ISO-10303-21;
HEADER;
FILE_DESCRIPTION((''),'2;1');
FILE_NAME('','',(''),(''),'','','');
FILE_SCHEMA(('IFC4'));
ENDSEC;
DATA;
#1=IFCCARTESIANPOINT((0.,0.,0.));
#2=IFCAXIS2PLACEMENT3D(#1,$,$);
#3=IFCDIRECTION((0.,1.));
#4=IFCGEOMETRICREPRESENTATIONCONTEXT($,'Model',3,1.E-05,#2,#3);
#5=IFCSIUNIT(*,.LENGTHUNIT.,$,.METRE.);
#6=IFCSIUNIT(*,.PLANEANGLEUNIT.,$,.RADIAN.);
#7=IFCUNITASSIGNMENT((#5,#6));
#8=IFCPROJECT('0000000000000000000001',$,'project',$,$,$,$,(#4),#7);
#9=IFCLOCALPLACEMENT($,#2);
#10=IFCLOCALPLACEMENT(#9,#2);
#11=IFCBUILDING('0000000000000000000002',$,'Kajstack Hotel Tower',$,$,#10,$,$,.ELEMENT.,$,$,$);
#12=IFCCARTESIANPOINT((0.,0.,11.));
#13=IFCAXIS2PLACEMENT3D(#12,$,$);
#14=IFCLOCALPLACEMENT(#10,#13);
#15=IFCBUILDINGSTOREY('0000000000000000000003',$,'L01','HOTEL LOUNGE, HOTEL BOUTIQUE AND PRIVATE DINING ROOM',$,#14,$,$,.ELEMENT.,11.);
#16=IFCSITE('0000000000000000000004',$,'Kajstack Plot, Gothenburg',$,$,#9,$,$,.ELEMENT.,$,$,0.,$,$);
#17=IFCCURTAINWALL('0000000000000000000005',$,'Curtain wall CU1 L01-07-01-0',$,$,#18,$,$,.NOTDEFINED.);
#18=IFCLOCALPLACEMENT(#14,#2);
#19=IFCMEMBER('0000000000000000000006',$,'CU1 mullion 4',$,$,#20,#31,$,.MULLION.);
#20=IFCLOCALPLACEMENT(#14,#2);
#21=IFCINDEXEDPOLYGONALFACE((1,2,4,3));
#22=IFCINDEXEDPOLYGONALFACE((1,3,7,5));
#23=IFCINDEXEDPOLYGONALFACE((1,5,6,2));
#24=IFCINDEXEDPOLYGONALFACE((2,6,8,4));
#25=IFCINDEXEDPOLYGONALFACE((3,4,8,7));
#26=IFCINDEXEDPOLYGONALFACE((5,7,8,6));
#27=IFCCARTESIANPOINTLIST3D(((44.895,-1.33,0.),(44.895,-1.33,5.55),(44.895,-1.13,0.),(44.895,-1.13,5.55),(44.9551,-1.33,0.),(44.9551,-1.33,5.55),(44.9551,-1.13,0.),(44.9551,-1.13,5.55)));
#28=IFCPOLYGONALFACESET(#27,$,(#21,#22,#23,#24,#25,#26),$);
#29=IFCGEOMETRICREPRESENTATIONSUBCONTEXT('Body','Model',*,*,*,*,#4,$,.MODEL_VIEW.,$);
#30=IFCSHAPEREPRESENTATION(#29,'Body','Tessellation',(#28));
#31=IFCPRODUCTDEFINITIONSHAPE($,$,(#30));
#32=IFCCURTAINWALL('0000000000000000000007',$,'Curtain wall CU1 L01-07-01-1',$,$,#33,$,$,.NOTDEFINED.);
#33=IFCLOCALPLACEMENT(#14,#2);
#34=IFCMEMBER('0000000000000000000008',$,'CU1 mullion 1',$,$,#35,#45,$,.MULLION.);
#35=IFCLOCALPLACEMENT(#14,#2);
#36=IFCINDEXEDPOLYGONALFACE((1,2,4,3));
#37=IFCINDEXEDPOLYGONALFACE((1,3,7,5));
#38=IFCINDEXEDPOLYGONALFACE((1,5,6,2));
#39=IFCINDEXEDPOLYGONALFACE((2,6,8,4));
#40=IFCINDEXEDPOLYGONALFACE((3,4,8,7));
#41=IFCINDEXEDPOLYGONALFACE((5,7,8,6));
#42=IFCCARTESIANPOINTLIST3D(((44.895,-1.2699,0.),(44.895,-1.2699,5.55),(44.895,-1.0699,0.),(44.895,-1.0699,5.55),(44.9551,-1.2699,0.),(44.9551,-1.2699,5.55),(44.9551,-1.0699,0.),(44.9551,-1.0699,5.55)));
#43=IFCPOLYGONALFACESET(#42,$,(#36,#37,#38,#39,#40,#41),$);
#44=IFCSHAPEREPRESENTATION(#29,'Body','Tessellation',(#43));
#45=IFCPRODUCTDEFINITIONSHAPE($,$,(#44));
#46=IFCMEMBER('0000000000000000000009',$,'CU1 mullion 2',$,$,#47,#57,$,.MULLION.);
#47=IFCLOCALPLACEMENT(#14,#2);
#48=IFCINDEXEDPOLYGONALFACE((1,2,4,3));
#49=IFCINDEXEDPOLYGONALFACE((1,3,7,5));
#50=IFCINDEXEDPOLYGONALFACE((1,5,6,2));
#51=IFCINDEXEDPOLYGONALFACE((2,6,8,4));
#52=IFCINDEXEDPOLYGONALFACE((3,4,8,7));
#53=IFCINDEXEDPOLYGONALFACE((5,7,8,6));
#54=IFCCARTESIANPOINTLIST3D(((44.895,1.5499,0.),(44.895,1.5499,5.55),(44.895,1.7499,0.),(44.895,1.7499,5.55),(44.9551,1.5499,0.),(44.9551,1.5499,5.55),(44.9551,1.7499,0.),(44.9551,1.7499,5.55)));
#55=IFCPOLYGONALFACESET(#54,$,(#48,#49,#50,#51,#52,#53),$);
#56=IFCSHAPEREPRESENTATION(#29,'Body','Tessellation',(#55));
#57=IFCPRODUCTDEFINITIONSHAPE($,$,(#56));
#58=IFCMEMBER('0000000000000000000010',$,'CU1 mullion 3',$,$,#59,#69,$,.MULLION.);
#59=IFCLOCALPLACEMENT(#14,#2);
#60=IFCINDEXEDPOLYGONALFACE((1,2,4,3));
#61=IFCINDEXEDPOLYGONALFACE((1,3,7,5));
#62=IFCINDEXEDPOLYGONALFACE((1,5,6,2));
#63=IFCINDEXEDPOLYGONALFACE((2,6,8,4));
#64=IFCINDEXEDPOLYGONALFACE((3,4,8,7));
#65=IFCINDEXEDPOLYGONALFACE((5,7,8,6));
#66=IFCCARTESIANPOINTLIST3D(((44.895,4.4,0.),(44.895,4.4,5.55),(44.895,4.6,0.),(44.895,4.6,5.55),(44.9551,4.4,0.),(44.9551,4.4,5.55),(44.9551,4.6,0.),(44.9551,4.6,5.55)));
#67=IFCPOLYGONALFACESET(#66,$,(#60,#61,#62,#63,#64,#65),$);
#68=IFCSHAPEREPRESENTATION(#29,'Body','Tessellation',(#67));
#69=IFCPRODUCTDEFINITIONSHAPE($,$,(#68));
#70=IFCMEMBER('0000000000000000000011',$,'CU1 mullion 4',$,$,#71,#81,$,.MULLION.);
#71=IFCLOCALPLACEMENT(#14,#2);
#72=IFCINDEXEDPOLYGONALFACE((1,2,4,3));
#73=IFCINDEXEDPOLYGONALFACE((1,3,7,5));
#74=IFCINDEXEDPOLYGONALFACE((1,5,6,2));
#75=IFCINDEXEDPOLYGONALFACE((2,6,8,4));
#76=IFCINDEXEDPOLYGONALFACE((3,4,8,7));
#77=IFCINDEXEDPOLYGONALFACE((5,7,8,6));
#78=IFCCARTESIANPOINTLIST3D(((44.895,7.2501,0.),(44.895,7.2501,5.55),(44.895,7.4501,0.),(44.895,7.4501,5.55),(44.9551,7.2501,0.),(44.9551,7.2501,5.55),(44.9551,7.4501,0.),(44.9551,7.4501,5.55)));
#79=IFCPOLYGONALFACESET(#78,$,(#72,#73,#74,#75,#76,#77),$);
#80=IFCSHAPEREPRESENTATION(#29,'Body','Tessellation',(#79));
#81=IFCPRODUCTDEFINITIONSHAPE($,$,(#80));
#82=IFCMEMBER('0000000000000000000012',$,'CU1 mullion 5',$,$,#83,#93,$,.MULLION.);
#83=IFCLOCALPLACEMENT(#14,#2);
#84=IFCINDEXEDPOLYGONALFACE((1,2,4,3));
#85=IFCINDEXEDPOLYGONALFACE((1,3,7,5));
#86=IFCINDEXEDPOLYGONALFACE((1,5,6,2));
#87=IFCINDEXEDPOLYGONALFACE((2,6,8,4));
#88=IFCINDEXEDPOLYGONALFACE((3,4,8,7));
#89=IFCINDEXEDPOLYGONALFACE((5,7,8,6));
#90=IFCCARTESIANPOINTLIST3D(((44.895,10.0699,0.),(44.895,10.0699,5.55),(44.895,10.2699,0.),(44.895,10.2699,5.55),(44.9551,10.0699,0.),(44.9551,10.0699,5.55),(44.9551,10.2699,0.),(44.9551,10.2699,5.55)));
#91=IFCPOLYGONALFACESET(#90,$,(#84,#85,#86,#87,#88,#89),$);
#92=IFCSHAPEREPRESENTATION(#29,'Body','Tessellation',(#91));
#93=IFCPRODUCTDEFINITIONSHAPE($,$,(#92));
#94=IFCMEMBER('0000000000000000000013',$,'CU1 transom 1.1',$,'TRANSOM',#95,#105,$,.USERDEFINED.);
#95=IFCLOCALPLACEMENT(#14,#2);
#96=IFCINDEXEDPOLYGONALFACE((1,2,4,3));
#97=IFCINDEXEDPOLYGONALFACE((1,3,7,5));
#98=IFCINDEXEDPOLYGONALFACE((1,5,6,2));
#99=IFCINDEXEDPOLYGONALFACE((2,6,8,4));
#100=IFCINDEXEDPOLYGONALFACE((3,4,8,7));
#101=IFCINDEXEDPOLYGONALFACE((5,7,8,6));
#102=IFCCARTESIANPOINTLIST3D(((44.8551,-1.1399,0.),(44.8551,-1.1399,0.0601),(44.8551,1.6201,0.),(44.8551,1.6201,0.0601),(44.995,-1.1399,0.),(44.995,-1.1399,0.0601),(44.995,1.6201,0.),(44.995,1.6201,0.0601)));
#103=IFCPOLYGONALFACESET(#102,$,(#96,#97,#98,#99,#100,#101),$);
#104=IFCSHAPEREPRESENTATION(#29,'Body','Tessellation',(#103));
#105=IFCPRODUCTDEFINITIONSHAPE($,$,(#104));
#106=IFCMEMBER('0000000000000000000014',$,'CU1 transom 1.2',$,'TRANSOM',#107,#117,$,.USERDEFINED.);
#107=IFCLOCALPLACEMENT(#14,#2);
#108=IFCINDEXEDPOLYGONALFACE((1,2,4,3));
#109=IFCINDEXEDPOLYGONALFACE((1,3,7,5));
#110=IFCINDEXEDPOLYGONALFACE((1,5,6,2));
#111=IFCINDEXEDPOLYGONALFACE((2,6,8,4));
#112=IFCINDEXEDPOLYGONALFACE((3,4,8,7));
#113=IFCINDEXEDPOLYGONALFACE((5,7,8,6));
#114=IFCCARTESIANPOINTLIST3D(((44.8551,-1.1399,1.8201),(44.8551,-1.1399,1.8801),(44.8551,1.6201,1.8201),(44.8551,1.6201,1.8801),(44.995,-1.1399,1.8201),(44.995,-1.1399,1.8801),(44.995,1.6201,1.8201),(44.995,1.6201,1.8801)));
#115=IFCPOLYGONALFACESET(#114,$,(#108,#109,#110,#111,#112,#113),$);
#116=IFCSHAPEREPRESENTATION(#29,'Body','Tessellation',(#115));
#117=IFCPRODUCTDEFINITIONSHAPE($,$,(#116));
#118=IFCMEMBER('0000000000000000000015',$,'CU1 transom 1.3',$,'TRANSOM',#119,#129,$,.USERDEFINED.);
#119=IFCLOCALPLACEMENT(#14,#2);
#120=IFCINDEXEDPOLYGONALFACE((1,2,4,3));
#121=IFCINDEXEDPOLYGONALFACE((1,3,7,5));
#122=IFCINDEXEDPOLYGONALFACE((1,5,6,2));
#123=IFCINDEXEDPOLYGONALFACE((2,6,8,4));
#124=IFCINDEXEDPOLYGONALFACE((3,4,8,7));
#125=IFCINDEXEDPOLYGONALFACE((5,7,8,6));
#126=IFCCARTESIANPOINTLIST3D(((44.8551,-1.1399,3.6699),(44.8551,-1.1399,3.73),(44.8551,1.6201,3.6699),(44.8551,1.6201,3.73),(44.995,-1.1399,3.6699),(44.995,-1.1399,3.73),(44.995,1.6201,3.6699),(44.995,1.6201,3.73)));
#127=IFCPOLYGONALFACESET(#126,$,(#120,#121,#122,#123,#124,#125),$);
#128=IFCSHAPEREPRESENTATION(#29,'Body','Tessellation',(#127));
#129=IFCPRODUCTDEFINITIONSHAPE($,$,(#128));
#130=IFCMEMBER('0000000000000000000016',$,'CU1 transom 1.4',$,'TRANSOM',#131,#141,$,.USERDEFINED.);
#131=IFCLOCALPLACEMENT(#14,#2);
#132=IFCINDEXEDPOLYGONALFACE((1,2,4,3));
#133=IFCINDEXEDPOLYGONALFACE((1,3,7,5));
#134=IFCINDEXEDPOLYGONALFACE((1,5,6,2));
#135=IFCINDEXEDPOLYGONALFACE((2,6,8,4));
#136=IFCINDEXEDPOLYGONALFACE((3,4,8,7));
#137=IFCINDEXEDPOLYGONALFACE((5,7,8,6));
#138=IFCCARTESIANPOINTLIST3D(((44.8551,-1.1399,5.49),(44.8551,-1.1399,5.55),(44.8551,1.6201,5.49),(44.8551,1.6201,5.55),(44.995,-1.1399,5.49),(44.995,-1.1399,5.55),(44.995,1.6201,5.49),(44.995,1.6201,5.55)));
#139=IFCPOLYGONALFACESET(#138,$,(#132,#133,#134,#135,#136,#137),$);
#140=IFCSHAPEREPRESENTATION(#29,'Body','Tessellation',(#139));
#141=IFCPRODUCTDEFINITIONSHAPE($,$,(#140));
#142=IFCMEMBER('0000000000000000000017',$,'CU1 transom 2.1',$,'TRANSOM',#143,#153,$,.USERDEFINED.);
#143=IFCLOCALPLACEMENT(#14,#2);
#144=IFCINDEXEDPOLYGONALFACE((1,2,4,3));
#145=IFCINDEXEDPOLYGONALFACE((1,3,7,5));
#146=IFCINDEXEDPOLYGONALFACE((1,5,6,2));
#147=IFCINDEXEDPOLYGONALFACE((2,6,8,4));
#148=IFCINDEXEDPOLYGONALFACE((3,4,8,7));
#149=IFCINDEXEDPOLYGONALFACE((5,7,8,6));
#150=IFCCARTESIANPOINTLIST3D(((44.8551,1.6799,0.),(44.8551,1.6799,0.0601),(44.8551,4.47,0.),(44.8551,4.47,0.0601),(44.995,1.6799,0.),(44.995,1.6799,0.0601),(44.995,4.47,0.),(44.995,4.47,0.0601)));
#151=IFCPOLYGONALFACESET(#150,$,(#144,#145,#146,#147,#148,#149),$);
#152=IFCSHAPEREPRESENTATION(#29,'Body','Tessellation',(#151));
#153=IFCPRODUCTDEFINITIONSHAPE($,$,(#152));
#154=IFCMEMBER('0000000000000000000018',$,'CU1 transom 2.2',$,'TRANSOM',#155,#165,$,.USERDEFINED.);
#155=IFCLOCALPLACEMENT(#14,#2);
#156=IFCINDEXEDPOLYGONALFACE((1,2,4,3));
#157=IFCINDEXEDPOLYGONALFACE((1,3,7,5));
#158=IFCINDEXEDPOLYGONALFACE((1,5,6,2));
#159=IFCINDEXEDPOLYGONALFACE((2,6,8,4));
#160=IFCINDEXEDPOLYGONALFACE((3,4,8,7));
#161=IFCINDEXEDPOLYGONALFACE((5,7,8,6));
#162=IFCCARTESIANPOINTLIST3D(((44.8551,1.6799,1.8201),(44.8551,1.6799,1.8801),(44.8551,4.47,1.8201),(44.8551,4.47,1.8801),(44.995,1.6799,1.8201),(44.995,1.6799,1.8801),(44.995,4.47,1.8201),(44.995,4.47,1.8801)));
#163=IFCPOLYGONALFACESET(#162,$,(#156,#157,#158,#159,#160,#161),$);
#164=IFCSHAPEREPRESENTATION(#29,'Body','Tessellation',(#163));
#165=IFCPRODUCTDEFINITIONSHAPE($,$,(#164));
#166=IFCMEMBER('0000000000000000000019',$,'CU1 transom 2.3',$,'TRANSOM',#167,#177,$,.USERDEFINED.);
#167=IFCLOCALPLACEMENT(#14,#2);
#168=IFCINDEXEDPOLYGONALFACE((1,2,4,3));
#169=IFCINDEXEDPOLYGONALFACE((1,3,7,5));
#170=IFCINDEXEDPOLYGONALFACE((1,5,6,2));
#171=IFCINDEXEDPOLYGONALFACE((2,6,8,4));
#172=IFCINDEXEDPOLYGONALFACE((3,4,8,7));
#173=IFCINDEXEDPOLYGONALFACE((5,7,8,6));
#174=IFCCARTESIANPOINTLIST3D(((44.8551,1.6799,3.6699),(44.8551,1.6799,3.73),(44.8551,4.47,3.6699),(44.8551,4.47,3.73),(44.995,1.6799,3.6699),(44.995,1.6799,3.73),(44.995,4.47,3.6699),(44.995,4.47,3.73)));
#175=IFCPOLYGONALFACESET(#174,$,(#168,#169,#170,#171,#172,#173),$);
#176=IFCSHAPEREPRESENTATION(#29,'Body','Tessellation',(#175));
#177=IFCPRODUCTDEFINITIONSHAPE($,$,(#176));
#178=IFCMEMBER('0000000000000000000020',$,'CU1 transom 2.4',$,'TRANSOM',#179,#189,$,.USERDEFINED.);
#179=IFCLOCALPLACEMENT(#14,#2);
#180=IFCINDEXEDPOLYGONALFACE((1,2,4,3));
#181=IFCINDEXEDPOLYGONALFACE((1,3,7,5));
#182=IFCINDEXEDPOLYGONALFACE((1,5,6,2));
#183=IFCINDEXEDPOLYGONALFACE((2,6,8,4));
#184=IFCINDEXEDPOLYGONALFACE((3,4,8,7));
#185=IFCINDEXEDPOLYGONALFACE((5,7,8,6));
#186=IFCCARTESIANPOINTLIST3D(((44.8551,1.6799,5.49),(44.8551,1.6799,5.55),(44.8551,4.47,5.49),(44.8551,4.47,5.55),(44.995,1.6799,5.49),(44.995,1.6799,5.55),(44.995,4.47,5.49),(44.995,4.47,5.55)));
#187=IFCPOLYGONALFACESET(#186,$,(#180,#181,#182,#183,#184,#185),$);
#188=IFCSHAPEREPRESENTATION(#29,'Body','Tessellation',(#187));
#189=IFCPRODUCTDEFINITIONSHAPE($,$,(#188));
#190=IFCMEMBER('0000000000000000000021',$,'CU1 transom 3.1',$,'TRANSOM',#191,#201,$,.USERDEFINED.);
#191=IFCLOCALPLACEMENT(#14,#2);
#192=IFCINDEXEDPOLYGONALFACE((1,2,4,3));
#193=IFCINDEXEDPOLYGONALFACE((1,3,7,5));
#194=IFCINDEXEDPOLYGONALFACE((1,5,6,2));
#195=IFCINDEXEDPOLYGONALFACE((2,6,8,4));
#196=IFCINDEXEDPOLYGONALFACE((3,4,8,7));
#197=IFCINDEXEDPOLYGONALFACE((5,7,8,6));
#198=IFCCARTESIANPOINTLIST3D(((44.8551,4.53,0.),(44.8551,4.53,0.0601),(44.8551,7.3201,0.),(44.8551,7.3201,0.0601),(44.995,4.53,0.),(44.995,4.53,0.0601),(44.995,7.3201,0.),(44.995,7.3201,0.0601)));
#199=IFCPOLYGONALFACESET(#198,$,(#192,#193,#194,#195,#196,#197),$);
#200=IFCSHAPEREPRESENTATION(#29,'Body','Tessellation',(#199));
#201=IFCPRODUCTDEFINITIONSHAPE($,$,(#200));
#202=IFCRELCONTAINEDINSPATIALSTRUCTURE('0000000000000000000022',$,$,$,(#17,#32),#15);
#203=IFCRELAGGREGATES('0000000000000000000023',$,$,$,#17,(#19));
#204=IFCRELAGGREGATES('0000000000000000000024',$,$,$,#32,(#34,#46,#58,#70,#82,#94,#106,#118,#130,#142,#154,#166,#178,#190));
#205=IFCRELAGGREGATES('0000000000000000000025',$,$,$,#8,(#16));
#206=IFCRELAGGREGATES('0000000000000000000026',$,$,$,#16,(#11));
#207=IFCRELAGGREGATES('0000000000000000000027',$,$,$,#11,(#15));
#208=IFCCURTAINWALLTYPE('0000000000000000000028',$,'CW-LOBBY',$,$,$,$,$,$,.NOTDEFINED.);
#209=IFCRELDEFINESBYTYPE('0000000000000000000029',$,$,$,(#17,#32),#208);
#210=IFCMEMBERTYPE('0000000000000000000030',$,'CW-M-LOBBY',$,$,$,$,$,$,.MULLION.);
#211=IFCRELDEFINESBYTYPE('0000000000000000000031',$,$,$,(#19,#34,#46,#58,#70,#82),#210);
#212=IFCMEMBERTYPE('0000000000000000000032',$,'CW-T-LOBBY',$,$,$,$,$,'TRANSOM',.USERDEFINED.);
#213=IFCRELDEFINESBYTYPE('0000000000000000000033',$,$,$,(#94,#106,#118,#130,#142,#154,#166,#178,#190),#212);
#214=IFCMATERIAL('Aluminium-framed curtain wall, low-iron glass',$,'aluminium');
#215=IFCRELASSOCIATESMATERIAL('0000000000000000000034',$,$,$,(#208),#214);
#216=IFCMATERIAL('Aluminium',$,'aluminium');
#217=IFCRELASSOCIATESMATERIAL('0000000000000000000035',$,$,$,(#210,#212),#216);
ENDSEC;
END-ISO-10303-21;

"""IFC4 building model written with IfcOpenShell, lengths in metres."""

from ifc_helpers import new_model, si_unit, direction, frame, origin, origin_2d, place, context, subcontext, project, spatial, rectangle, extrude, material, material_profile, profile_set, type_object, element, aggregate, save


model = new_model("IFC4")

# Units and contexts
model_context = context("Model", 3, precision=1e-05, world=origin(), true_north=direction((0.0, 1.0)))
body_context = subcontext(model_context, "Body", "Model", "MODEL_VIEW")
ifc_project = project(units=[si_unit("LENGTHUNIT", "METRE"), si_unit("PLANEANGLEUNIT", "RADIAN")], contexts=[model_context])

# Site, building, storey
site_placement = place(None, origin())
site = spatial("IfcSite", under=ifc_project, at=site_placement, Name="Kajstack Plot, Gothenburg", CompositionType="ELEMENT", RefElevation=0.0)
building_placement = place(site_placement, origin())
building = spatial("IfcBuilding", under=site, at=building_placement, Name="Kajstack Hotel Tower", CompositionType="ELEMENT")
storey_placement = place(building_placement, frame((0.0, 0.0, 11.0)))
storey = spatial("IfcBuildingStorey", under=building, at=storey_placement, Name="L01", Description="HOTEL LOUNGE, HOTEL BOUTIQUE AND PRIVATE DINING ROOM", CompositionType="ELEMENT", Elevation=11.0)

# Curtain wall, member
ifc_material_1 = material(Name="Aluminium-framed curtain wall, low-iron glass", Category="aluminium")
curtain_wall_type = type_object("IfcCurtainWallType", Name="CW-LOBBY", PredefinedType="NOTDEFINED", material=ifc_material_1)
curtain_wall_1_placement = place(storey_placement, origin())
curtain_wall_1 = element("IfcCurtainWall", 1, at=curtain_wall_1_placement, inside=storey, type_object=curtain_wall_type, Name="Curtain wall CU1 L01-07-01-0", PredefinedType="NOTDEFINED")
ifc_material_2 = material(Name="Aluminium", Category="aluminium")
ifc_material_profile_1 = material_profile(ifc_material_2, rectangle(XDim=0.0601, YDim=0.2, at=origin_2d()), Name="Aluminium mullion 60 x 200")
ifc_profile_set_1 = profile_set([ifc_material_profile_1], Name="Aluminium")
member_type_1 = type_object("IfcMemberType", Name="CW-M-LOBBY", PredefinedType="MULLION", material=ifc_profile_set_1)
member_1_placement = place(storey_placement, frame((44.925, -1.23, 0.0), z_axis=(0.0, 0.0, 1.0), x_axis=(-1.0, 0.0, 0.0)))
member_1 = element("IfcMember", 2, at=member_1_placement, type_object=member_type_1, Name="CU1 mullion 4", PredefinedType="MULLION", context=body_context, shape_type="SweptSolid", body=[
    extrude(rectangle(XDim=0.0601, YDim=0.2, at=origin_2d()), origin(), (0.0, 0.0, 1.0), 5.55),
])
aggregate(curtain_wall_1, [member_1])

# Curtain wall, members
curtain_wall_2_placement = place(storey_placement, origin())
curtain_wall_2 = element("IfcCurtainWall", 3, at=curtain_wall_2_placement, inside=storey, type_object=curtain_wall_type, Name="Curtain wall CU1 L01-07-01-1", PredefinedType="NOTDEFINED")
member_2_placement = place(storey_placement, frame((44.925, -1.1699, 0.0), z_axis=(0.0, 0.0, 1.0), x_axis=(-1.0, 0.0, 0.0)))
member_2 = element("IfcMember", 4, at=member_2_placement, type_object=member_type_1, Name="CU1 mullion 1", PredefinedType="MULLION", context=body_context, shape_type="SweptSolid", body=[
    extrude(rectangle(XDim=0.0601, YDim=0.2, at=origin_2d()), origin(), (0.0, 0.0, 1.0), 5.55),
])
member_3_placement = place(storey_placement, frame((44.925, 1.6499, 0.0), z_axis=(0.0, 0.0, 1.0), x_axis=(-1.0, 0.0, 0.0)))
member_3 = element("IfcMember", 5, at=member_3_placement, type_object=member_type_1, Name="CU1 mullion 2", PredefinedType="MULLION", context=body_context, shape_type="SweptSolid", body=[
    extrude(rectangle(XDim=0.0601, YDim=0.2, at=origin_2d()), origin(), (0.0, 0.0, 1.0), 5.55),
])
member_4_placement = place(storey_placement, frame((44.925, 4.5, 0.0), z_axis=(0.0, 0.0, 1.0), x_axis=(-1.0, 0.0, 0.0)))
member_4 = element("IfcMember", 6, at=member_4_placement, type_object=member_type_1, Name="CU1 mullion 3", PredefinedType="MULLION", context=body_context, shape_type="SweptSolid", body=[
    extrude(rectangle(XDim=0.0601, YDim=0.2, at=origin_2d()), origin(), (0.0, 0.0, 1.0), 5.55),
])
member_5_placement = place(storey_placement, frame((44.925, 7.3501, 0.0), z_axis=(0.0, 0.0, 1.0), x_axis=(-1.0, 0.0, 0.0)))
member_5 = element("IfcMember", 7, at=member_5_placement, type_object=member_type_1, Name="CU1 mullion 4", PredefinedType="MULLION", context=body_context, shape_type="SweptSolid", body=[
    extrude(rectangle(XDim=0.0601, YDim=0.2, at=origin_2d()), origin(), (0.0, 0.0, 1.0), 5.55),
])
member_6_placement = place(storey_placement, frame((44.925, 10.1699, 0.0), z_axis=(0.0, 0.0, 1.0), x_axis=(-1.0, 0.0, 0.0)))
member_6 = element("IfcMember", 8, at=member_6_placement, type_object=member_type_1, Name="CU1 mullion 5", PredefinedType="MULLION", context=body_context, shape_type="SweptSolid", body=[
    extrude(rectangle(XDim=0.0601, YDim=0.2, at=origin_2d()), origin(), (0.0, 0.0, 1.0), 5.55),
])
ifc_material_profile_2 = material_profile(ifc_material_2, rectangle(XDim=0.1399, YDim=0.0601, at=origin_2d()), Name="Aluminium transom 140 x 60")
ifc_profile_set_2 = profile_set([ifc_material_profile_2], Name="Aluminium")
member_type_2 = type_object("IfcMemberType", Name="CW-T-LOBBY", ElementType="TRANSOM", PredefinedType="USERDEFINED", material=ifc_profile_set_2)
member_7_placement = place(storey_placement, frame((44.925, -1.1399, 0.03), z_axis=(0.0, 1.0, 0.0), x_axis=(-1.0, 0.0, 0.0)))
member_7 = element("IfcMember", 9, at=member_7_placement, type_object=member_type_2, Name="CU1 transom 1.1", ObjectType="TRANSOM", PredefinedType="USERDEFINED", context=body_context, shape_type="SweptSolid", body=[
    extrude(rectangle(XDim=0.1399, YDim=0.0601, at=origin_2d()), origin(), (0.0, 0.0, 1.0), 2.76),
])
member_8_placement = place(storey_placement, frame((44.925, -1.1399, 1.8501), z_axis=(0.0, 1.0, 0.0), x_axis=(-1.0, 0.0, 0.0)))
member_8 = element("IfcMember", 10, at=member_8_placement, type_object=member_type_2, Name="CU1 transom 1.2", ObjectType="TRANSOM", PredefinedType="USERDEFINED", context=body_context, shape_type="SweptSolid", body=[
    extrude(rectangle(XDim=0.1399, YDim=0.0601, at=origin_2d()), origin(), (0.0, 0.0, 1.0), 2.76),
])
member_9_placement = place(storey_placement, frame((44.925, -1.1399, 3.7), z_axis=(0.0, 1.0, 0.0), x_axis=(-1.0, 0.0, 0.0)))
member_9 = element("IfcMember", 11, at=member_9_placement, type_object=member_type_2, Name="CU1 transom 1.3", ObjectType="TRANSOM", PredefinedType="USERDEFINED", context=body_context, shape_type="SweptSolid", body=[
    extrude(rectangle(XDim=0.1399, YDim=0.0601, at=origin_2d()), origin(), (0.0, 0.0, 1.0), 2.76),
])
member_10_placement = place(storey_placement, frame((44.925, -1.1399, 5.52), z_axis=(0.0, 1.0, 0.0), x_axis=(-1.0, 0.0, 0.0)))
member_10 = element("IfcMember", 12, at=member_10_placement, type_object=member_type_2, Name="CU1 transom 1.4", ObjectType="TRANSOM", PredefinedType="USERDEFINED", context=body_context, shape_type="SweptSolid", body=[
    extrude(rectangle(XDim=0.1399, YDim=0.0601, at=origin_2d()), origin(), (0.0, 0.0, 1.0), 2.76),
])
member_11_placement = place(storey_placement, frame((44.925, 1.6799, 0.03), z_axis=(0.0, 1.0, 0.0), x_axis=(-1.0, 0.0, 0.0)))
member_11 = element("IfcMember", 13, at=member_11_placement, type_object=member_type_2, Name="CU1 transom 2.1", ObjectType="TRANSOM", PredefinedType="USERDEFINED", context=body_context, shape_type="SweptSolid", body=[
    extrude(rectangle(XDim=0.1399, YDim=0.0601, at=origin_2d()), origin(), (0.0, 0.0, 1.0), 2.79),
])
member_12_placement = place(storey_placement, frame((44.925, 1.6799, 1.8501), z_axis=(0.0, 1.0, 0.0), x_axis=(-1.0, 0.0, 0.0)))
member_12 = element("IfcMember", 14, at=member_12_placement, type_object=member_type_2, Name="CU1 transom 2.2", ObjectType="TRANSOM", PredefinedType="USERDEFINED", context=body_context, shape_type="SweptSolid", body=[
    extrude(rectangle(XDim=0.1399, YDim=0.0601, at=origin_2d()), origin(), (0.0, 0.0, 1.0), 2.79),
])
member_13_placement = place(storey_placement, frame((44.925, 1.6799, 3.7), z_axis=(0.0, 1.0, 0.0), x_axis=(-1.0, 0.0, 0.0)))
member_13 = element("IfcMember", 15, at=member_13_placement, type_object=member_type_2, Name="CU1 transom 2.3", ObjectType="TRANSOM", PredefinedType="USERDEFINED", context=body_context, shape_type="SweptSolid", body=[
    extrude(rectangle(XDim=0.1399, YDim=0.0601, at=origin_2d()), origin(), (0.0, 0.0, 1.0), 2.79),
])
member_14_placement = place(storey_placement, frame((44.925, 1.6799, 5.52), z_axis=(0.0, 1.0, 0.0), x_axis=(-1.0, 0.0, 0.0)))
member_14 = element("IfcMember", 16, at=member_14_placement, type_object=member_type_2, Name="CU1 transom 2.4", ObjectType="TRANSOM", PredefinedType="USERDEFINED", context=body_context, shape_type="SweptSolid", body=[
    extrude(rectangle(XDim=0.1399, YDim=0.0601, at=origin_2d()), origin(), (0.0, 0.0, 1.0), 2.79),
])
member_15_placement = place(storey_placement, frame((44.925, 4.53, 0.03), z_axis=(0.0, 1.0, 0.0), x_axis=(-1.0, 0.0, 0.0)))
member_15 = element("IfcMember", 17, at=member_15_placement, type_object=member_type_2, Name="CU1 transom 3.1", ObjectType="TRANSOM", PredefinedType="USERDEFINED", context=body_context, shape_type="SweptSolid", body=[
    extrude(rectangle(XDim=0.1399, YDim=0.0601, at=origin_2d()), origin(), (0.0, 0.0, 1.0), 2.79),
])
aggregate(curtain_wall_2, [member_2, member_3, member_4, member_5, member_6, member_7, member_8, member_9, member_10, member_11, member_12, member_13, member_14, member_15])

save(model, "model.ifc")
